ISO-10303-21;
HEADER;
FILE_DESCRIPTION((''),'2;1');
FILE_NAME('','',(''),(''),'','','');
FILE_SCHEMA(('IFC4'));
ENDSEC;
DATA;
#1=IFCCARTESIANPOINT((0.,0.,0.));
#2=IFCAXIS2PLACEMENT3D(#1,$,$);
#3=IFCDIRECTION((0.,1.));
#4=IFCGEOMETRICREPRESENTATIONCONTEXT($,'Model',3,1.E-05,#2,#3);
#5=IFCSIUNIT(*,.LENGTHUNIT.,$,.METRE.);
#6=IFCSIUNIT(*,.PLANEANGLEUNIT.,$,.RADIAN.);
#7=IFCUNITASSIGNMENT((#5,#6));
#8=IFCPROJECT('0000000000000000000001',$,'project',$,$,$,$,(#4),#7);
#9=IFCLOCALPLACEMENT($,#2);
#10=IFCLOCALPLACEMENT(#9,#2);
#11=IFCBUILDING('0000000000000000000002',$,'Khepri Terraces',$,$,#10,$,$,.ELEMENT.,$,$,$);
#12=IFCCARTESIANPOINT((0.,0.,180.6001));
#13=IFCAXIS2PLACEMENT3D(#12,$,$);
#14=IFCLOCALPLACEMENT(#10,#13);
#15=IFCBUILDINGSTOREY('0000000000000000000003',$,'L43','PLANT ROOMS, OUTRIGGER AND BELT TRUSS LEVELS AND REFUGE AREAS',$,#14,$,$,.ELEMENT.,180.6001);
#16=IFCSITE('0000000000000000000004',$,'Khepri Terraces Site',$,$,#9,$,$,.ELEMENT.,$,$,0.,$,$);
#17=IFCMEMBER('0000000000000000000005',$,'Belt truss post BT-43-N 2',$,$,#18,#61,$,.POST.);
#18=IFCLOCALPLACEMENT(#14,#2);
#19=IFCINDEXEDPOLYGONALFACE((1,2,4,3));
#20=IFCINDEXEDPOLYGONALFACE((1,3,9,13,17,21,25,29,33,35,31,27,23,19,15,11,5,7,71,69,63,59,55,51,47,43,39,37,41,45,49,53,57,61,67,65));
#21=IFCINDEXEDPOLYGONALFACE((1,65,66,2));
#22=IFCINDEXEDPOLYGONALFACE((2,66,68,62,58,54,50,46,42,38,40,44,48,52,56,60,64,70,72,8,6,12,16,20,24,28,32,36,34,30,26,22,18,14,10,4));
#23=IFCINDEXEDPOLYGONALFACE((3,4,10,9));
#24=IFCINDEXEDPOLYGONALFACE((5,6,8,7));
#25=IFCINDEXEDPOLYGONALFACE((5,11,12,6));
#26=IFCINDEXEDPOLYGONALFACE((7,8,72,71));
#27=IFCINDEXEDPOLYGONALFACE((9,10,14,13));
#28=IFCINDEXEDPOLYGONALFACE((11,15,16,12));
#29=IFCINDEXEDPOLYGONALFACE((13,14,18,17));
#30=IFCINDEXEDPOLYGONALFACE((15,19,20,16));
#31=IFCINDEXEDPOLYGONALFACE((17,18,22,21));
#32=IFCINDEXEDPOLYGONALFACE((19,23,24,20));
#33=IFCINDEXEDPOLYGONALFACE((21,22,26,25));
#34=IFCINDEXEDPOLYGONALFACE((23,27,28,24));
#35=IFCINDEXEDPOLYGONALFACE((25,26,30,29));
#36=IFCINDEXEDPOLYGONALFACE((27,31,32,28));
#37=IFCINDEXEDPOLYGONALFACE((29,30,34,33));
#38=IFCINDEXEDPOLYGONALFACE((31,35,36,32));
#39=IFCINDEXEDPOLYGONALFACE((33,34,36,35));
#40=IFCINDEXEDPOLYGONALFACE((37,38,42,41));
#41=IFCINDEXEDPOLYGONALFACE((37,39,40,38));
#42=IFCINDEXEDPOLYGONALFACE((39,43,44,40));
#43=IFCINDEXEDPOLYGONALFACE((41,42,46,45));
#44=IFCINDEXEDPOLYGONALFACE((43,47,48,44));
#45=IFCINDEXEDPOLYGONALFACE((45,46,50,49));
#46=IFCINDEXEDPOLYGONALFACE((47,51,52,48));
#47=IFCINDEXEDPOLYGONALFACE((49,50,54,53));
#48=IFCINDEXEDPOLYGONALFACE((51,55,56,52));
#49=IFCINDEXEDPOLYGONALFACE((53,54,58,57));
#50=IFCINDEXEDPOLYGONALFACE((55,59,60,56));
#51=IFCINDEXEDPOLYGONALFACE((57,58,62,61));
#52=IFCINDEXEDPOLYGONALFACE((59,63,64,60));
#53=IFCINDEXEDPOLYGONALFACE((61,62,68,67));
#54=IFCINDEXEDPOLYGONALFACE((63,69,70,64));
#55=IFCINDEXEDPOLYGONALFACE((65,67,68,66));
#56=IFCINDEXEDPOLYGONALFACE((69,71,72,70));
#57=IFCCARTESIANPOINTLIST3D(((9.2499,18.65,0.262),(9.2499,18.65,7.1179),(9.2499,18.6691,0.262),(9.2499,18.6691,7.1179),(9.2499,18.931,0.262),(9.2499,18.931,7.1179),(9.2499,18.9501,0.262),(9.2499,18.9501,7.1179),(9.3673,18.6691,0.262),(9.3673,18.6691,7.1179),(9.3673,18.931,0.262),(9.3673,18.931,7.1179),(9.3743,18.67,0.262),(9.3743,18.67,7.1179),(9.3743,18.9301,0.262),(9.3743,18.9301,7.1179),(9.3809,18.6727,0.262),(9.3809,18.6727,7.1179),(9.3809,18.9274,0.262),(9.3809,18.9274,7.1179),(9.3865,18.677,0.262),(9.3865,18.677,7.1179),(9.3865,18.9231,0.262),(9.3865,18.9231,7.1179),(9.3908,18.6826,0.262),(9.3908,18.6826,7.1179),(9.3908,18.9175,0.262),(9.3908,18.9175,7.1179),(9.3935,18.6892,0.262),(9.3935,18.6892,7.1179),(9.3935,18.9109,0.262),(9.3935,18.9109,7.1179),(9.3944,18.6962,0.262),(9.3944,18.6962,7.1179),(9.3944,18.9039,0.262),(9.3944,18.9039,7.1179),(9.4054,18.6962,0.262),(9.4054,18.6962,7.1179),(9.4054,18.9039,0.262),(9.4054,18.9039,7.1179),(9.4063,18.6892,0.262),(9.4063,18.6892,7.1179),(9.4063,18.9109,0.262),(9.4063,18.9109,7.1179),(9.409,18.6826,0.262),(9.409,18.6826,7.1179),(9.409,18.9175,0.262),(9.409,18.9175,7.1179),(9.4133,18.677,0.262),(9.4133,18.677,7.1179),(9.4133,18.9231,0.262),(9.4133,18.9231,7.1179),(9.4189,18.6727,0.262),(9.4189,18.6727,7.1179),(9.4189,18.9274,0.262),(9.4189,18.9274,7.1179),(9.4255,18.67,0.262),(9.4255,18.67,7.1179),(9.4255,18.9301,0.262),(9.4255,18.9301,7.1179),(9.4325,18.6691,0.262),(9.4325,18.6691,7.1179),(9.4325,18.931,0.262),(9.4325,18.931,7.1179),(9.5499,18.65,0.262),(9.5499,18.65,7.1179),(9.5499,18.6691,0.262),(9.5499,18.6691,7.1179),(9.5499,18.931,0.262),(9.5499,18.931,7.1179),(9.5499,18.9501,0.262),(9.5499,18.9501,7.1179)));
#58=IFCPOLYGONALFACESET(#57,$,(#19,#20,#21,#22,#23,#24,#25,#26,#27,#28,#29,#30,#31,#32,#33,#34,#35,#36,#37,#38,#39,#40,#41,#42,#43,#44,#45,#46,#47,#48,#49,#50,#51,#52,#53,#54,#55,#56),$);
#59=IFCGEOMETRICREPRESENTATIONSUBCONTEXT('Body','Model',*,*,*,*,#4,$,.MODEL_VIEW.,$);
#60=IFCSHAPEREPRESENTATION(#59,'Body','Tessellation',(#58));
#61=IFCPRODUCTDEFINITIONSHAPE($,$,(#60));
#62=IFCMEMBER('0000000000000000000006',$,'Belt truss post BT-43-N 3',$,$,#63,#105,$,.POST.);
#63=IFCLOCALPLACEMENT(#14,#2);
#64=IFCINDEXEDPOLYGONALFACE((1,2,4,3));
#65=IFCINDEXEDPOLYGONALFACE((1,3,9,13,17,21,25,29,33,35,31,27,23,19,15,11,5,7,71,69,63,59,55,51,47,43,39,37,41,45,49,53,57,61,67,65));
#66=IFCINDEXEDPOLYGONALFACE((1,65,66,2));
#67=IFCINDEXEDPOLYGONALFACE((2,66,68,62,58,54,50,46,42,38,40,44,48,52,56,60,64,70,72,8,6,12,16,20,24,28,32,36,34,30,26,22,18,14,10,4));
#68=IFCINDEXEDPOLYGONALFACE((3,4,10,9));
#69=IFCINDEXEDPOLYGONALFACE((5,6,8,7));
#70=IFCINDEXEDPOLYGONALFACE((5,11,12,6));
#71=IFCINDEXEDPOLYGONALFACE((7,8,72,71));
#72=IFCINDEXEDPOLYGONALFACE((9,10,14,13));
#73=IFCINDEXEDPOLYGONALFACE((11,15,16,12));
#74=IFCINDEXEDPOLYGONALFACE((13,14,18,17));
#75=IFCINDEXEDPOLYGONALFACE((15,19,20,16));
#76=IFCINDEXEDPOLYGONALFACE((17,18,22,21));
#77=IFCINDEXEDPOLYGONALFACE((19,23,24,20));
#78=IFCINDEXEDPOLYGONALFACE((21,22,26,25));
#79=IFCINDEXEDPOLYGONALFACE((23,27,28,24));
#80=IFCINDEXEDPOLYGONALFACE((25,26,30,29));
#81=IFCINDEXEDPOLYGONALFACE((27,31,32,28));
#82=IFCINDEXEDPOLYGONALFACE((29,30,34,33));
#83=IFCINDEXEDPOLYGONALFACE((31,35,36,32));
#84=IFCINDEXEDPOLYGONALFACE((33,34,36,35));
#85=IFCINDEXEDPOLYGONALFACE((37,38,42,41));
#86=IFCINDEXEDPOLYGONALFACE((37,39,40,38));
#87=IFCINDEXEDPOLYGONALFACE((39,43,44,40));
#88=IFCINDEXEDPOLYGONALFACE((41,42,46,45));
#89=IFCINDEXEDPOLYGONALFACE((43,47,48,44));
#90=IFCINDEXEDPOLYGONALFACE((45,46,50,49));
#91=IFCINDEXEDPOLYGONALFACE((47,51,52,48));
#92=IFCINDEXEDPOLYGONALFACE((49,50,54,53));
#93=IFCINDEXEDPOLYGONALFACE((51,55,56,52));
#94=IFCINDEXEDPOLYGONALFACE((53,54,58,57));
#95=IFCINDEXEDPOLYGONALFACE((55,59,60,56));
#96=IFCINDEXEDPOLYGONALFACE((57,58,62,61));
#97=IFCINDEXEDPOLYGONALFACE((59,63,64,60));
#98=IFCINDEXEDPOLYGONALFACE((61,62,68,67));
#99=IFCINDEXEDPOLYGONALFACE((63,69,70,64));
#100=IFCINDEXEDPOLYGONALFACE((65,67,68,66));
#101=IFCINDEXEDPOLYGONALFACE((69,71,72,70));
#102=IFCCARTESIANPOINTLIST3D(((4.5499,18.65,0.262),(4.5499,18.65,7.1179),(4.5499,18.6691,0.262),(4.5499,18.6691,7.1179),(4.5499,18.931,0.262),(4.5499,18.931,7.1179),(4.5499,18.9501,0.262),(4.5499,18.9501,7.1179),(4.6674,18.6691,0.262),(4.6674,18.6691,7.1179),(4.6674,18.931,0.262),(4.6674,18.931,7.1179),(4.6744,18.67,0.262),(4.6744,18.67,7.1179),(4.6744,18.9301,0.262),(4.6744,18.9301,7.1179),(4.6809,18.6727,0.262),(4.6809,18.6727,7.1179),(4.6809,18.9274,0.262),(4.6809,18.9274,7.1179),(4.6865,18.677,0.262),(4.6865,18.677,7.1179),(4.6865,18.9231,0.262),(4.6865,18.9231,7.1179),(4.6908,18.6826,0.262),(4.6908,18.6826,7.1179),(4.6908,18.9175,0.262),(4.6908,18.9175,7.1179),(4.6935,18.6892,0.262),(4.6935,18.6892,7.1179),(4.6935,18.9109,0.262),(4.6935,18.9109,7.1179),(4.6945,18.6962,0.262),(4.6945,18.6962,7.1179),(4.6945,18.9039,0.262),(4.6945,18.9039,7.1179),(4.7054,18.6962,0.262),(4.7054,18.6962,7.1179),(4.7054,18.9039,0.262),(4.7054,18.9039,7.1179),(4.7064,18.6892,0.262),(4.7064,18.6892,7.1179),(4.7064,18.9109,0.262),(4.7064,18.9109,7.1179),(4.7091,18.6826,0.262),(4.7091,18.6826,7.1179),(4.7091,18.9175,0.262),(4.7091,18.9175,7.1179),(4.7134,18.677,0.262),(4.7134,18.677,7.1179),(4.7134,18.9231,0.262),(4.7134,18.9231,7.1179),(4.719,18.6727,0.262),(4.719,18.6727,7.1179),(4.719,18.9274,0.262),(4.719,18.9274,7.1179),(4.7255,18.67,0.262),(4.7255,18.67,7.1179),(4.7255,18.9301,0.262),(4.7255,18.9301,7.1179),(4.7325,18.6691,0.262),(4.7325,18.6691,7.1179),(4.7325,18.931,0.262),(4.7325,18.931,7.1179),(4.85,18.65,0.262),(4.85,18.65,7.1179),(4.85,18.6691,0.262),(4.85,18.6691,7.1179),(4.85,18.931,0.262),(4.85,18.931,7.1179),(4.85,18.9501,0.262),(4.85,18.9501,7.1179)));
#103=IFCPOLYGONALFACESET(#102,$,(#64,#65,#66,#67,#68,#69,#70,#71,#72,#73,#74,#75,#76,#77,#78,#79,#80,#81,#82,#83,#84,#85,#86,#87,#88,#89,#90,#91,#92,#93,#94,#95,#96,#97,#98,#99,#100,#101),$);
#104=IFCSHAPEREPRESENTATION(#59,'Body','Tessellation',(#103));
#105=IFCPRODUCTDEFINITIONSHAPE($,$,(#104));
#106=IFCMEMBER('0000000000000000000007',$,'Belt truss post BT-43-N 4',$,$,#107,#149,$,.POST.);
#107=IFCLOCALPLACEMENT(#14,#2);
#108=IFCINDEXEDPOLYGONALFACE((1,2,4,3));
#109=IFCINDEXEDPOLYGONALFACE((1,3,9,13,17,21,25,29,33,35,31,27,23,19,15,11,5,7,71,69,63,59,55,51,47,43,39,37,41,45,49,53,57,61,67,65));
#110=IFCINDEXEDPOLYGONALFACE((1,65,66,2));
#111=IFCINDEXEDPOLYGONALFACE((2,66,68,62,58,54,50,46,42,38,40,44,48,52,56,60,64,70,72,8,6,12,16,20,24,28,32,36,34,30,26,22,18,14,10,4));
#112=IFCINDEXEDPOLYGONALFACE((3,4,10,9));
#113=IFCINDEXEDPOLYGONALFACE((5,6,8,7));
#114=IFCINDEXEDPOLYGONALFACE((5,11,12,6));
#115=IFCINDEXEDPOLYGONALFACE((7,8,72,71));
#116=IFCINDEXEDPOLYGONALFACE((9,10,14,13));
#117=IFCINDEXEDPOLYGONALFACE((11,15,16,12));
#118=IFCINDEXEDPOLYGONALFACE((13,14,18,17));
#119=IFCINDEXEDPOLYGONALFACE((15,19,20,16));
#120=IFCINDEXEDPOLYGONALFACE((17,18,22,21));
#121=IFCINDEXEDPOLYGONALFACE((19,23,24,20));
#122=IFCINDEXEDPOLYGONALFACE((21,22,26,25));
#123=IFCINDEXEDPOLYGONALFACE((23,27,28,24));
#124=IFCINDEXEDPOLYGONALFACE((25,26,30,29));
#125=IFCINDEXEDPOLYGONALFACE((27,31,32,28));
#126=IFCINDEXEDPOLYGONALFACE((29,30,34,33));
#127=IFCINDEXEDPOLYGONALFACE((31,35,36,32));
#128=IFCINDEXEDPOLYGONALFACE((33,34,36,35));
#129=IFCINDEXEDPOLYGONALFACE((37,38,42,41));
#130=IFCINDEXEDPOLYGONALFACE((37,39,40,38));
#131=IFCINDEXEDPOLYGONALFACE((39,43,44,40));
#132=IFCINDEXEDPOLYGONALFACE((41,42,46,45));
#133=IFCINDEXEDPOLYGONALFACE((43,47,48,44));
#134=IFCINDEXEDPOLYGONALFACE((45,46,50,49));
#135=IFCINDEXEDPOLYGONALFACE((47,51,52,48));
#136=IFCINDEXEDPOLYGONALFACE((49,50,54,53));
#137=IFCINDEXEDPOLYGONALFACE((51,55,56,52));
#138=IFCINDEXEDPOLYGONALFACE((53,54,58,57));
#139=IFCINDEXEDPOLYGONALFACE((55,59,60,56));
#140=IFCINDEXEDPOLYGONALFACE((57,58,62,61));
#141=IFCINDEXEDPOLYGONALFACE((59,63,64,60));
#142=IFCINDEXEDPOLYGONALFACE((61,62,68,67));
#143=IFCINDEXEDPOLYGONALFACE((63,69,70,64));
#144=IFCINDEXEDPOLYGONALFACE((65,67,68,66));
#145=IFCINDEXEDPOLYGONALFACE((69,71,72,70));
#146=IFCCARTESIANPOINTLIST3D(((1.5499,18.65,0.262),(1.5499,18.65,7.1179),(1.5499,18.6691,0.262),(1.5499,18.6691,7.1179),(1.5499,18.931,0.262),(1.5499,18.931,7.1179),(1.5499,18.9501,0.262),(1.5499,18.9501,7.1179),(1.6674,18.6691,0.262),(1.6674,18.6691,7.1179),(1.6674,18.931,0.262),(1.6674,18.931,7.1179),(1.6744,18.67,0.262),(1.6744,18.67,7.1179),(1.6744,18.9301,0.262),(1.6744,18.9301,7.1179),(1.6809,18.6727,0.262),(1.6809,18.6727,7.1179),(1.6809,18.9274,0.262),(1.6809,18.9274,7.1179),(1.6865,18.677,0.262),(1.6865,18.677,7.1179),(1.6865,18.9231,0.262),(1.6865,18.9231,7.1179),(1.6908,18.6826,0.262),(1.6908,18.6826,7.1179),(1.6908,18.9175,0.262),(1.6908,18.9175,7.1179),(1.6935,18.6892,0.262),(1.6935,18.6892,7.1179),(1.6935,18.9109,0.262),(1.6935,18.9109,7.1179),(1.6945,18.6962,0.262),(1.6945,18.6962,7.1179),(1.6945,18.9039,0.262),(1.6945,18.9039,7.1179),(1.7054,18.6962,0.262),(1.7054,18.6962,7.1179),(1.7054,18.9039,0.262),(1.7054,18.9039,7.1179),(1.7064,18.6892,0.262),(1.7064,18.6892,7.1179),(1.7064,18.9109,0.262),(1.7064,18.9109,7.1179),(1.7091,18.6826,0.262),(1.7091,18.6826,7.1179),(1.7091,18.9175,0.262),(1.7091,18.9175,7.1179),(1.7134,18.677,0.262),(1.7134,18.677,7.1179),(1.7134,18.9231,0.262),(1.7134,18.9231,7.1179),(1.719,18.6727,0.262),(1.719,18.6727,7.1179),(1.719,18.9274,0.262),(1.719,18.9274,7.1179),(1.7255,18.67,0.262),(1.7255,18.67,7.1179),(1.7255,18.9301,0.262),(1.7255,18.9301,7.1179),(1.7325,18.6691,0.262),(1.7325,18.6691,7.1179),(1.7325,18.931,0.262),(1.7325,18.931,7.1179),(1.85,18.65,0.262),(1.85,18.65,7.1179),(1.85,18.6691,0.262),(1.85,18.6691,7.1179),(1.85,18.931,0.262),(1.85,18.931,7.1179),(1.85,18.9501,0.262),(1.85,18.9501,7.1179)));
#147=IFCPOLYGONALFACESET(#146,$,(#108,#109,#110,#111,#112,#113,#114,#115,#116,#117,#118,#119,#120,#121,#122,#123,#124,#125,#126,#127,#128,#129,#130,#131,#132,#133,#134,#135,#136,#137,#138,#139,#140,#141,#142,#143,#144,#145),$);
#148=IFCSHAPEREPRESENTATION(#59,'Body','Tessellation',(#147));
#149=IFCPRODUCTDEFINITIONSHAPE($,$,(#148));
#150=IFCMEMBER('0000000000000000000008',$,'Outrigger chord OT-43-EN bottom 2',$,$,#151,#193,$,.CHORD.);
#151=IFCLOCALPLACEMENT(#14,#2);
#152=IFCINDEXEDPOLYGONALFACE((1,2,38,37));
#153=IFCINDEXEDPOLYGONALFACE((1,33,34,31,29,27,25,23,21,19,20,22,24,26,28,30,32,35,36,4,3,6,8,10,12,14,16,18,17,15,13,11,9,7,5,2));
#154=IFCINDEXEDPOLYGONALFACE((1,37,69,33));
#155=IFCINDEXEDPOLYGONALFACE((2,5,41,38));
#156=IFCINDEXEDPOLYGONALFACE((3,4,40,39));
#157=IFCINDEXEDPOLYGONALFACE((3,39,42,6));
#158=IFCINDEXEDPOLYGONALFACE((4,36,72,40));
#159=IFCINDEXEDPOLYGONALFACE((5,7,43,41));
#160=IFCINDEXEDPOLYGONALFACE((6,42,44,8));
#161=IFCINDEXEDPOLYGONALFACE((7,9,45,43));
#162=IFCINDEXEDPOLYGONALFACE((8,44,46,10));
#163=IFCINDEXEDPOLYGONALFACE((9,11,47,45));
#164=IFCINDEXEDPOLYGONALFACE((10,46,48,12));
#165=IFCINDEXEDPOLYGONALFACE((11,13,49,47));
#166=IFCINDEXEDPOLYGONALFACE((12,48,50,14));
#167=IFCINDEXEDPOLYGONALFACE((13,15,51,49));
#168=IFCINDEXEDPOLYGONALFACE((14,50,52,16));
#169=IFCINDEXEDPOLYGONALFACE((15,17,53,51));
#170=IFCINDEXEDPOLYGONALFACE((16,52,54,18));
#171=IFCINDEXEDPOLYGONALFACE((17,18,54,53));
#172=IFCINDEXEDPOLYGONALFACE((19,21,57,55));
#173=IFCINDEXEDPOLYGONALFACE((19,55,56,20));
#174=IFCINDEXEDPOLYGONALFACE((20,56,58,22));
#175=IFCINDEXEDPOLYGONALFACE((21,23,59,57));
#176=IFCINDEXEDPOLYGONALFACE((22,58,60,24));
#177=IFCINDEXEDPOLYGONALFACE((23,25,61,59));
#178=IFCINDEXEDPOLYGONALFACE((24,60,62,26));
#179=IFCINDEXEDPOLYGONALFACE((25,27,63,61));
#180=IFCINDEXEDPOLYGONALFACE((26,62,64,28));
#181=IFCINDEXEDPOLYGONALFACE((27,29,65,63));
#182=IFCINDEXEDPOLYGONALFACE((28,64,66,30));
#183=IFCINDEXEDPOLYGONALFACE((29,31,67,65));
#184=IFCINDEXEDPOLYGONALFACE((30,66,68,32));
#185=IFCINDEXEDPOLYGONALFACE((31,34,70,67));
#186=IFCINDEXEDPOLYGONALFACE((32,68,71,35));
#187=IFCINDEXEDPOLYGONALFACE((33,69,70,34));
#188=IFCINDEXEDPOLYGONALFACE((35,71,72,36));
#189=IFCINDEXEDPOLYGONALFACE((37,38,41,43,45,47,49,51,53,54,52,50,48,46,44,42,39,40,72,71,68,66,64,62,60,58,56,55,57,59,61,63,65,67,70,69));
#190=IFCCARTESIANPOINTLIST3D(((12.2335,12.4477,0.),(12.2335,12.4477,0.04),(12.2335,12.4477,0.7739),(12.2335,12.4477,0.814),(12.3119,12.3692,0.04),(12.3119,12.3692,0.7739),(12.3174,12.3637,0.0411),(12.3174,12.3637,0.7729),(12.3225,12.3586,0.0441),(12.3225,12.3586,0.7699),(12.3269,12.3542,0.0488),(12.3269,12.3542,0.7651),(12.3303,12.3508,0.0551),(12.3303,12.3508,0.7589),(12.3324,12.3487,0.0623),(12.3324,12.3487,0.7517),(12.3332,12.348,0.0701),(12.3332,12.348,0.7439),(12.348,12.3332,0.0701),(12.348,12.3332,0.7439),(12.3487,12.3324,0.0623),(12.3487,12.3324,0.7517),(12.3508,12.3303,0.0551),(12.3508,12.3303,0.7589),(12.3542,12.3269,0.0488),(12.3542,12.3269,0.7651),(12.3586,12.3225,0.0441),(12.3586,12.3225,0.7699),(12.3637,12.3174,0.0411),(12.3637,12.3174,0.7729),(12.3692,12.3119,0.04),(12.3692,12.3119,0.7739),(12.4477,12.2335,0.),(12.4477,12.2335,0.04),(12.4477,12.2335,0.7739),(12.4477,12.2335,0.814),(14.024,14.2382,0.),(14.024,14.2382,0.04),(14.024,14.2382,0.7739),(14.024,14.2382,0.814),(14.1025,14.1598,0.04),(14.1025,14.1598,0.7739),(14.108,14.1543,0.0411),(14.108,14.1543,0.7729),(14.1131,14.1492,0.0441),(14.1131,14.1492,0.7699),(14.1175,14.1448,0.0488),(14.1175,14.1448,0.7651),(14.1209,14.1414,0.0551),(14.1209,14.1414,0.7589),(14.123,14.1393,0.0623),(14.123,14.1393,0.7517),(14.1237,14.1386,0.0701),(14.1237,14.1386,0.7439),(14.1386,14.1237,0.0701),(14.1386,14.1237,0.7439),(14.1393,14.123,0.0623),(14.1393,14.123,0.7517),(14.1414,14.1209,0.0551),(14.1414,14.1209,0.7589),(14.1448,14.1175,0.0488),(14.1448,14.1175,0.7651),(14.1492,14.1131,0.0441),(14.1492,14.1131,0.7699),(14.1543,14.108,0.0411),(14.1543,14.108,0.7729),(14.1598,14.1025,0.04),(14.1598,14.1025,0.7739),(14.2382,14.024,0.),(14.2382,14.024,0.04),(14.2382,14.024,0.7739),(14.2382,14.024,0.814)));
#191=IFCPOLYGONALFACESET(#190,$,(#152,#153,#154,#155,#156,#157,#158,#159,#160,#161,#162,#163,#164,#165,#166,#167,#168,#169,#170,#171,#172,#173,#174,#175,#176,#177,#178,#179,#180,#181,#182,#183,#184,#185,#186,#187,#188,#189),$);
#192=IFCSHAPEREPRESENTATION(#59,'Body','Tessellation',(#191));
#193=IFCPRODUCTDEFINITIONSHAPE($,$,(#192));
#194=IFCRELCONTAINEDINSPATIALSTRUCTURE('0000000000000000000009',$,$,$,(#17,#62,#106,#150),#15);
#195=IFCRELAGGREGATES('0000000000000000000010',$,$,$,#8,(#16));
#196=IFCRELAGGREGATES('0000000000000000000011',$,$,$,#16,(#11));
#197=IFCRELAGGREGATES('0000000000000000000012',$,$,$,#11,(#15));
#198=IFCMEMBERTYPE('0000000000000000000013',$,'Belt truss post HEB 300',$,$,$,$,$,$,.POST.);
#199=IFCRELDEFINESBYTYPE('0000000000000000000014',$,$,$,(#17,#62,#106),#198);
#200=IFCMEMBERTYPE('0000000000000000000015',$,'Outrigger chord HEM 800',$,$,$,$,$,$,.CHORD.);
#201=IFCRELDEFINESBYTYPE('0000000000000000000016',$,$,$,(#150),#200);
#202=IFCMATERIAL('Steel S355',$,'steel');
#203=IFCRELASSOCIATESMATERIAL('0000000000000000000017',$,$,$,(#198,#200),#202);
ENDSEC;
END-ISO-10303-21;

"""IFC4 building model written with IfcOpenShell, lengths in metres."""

from ifc_helpers import new_model, si_unit, direction, frame, origin, origin_2d, place, context, subcontext, project, spatial, i_section, extrude, material, material_profile, profile_set, type_object, element, save


model = new_model("IFC4")

# Units and contexts
model_context = context("Model", 3, precision=1e-05, world=origin(), true_north=direction((0.0, 1.0)))
body_context = subcontext(model_context, "Body", "Model", "MODEL_VIEW")
ifc_project = project(units=[si_unit("LENGTHUNIT", "METRE"), si_unit("PLANEANGLEUNIT", "RADIAN")], contexts=[model_context])

# Site, building, storey
site_placement = place(None, origin())
site = spatial("IfcSite", under=ifc_project, at=site_placement, Name="Khepri Terraces Site", CompositionType="ELEMENT", RefElevation=0.0)
building_placement = place(site_placement, origin())
building = spatial("IfcBuilding", under=site, at=building_placement, Name="Khepri Terraces", CompositionType="ELEMENT")
storey_placement = place(building_placement, frame((0.0, 0.0, 180.6001)))
storey = spatial("IfcBuildingStorey", under=building, at=storey_placement, Name="L43", Description="PLANT ROOMS, OUTRIGGER AND BELT TRUSS LEVELS AND REFUGE AREAS", CompositionType="ELEMENT", Elevation=180.6001)

# Members
ifc_material_1 = material(Name="Steel S355", Category="steel")
ifc_material_profile_1 = material_profile(ifc_material_1, i_section(OverallWidth=0.3, OverallDepth=0.3, WebThickness=0.011, FlangeThickness=0.019, FilletRadius=0.0271, at=origin_2d()), Name="Steel S355", Category="steel")
ifc_profile_set_1 = profile_set([ifc_material_profile_1], Name="Steel S355")
member_type_1 = type_object("IfcMemberType", Name="Belt truss post HEB 300", PredefinedType="POST", material=ifc_profile_set_1)
for number, where, z_axis, x_axis, name in (
    (1, (9.3999, 18.8, 0.262), (0.0, 0.0, 1.0), (1.0, 0.0, 0.0), "Belt truss post BT-43-N 2"),
    (2, (4.7, 18.8, 0.262), (0.0, 0.0, 1.0), (1.0, 0.0, 0.0), "Belt truss post BT-43-N 3"),
    (3, (1.7, 18.8, 0.262), (0.0, 0.0, 1.0), (1.0, 0.0, 0.0), "Belt truss post BT-43-N 4"),
):
    element("IfcMember", number, at=place(storey_placement, frame(where, z_axis=z_axis, x_axis=x_axis)), inside=storey, type_object=member_type_1, Name=name, PredefinedType="POST", context=body_context, shape_type="SweptSolid", body=[
        extrude(i_section(OverallWidth=0.3, OverallDepth=0.3, WebThickness=0.011, FlangeThickness=0.019, FilletRadius=0.0271, at=origin_2d()), origin(), (0.0, 0.0, 1.0), 6.856),
    ])
ifc_material_profile_2 = material_profile(ifc_material_1, i_section(OverallWidth=0.303, OverallDepth=0.814, WebThickness=0.021, FlangeThickness=0.04, FilletRadius=0.03, at=origin_2d()), Name="Steel S355", Category="steel")
ifc_profile_set_2 = profile_set([ifc_material_profile_2], Name="Steel S355")
member_type_2 = type_object("IfcMemberType", Name="Outrigger chord HEM 800", PredefinedType="CHORD", material=ifc_profile_set_2)
member_1_placement = place(storey_placement, frame((12.3406, 12.3406, 0.407), z_axis=(0.707107, 0.707107, 0.0), x_axis=(-0.707107, 0.707107, 0.0)))
element("IfcMember", 4, at=member_1_placement, inside=storey, type_object=member_type_2, Name="Outrigger chord OT-43-EN bottom 2", PredefinedType="CHORD", context=body_context, shape_type="SweptSolid", body=[
    extrude(i_section(OverallWidth=0.303, OverallDepth=0.814, WebThickness=0.021, FlangeThickness=0.04, FilletRadius=0.03, at=origin_2d()), origin(), (0.0, 0.0, 1.0), 2.5322),
])

save(model, "model.ifc")
